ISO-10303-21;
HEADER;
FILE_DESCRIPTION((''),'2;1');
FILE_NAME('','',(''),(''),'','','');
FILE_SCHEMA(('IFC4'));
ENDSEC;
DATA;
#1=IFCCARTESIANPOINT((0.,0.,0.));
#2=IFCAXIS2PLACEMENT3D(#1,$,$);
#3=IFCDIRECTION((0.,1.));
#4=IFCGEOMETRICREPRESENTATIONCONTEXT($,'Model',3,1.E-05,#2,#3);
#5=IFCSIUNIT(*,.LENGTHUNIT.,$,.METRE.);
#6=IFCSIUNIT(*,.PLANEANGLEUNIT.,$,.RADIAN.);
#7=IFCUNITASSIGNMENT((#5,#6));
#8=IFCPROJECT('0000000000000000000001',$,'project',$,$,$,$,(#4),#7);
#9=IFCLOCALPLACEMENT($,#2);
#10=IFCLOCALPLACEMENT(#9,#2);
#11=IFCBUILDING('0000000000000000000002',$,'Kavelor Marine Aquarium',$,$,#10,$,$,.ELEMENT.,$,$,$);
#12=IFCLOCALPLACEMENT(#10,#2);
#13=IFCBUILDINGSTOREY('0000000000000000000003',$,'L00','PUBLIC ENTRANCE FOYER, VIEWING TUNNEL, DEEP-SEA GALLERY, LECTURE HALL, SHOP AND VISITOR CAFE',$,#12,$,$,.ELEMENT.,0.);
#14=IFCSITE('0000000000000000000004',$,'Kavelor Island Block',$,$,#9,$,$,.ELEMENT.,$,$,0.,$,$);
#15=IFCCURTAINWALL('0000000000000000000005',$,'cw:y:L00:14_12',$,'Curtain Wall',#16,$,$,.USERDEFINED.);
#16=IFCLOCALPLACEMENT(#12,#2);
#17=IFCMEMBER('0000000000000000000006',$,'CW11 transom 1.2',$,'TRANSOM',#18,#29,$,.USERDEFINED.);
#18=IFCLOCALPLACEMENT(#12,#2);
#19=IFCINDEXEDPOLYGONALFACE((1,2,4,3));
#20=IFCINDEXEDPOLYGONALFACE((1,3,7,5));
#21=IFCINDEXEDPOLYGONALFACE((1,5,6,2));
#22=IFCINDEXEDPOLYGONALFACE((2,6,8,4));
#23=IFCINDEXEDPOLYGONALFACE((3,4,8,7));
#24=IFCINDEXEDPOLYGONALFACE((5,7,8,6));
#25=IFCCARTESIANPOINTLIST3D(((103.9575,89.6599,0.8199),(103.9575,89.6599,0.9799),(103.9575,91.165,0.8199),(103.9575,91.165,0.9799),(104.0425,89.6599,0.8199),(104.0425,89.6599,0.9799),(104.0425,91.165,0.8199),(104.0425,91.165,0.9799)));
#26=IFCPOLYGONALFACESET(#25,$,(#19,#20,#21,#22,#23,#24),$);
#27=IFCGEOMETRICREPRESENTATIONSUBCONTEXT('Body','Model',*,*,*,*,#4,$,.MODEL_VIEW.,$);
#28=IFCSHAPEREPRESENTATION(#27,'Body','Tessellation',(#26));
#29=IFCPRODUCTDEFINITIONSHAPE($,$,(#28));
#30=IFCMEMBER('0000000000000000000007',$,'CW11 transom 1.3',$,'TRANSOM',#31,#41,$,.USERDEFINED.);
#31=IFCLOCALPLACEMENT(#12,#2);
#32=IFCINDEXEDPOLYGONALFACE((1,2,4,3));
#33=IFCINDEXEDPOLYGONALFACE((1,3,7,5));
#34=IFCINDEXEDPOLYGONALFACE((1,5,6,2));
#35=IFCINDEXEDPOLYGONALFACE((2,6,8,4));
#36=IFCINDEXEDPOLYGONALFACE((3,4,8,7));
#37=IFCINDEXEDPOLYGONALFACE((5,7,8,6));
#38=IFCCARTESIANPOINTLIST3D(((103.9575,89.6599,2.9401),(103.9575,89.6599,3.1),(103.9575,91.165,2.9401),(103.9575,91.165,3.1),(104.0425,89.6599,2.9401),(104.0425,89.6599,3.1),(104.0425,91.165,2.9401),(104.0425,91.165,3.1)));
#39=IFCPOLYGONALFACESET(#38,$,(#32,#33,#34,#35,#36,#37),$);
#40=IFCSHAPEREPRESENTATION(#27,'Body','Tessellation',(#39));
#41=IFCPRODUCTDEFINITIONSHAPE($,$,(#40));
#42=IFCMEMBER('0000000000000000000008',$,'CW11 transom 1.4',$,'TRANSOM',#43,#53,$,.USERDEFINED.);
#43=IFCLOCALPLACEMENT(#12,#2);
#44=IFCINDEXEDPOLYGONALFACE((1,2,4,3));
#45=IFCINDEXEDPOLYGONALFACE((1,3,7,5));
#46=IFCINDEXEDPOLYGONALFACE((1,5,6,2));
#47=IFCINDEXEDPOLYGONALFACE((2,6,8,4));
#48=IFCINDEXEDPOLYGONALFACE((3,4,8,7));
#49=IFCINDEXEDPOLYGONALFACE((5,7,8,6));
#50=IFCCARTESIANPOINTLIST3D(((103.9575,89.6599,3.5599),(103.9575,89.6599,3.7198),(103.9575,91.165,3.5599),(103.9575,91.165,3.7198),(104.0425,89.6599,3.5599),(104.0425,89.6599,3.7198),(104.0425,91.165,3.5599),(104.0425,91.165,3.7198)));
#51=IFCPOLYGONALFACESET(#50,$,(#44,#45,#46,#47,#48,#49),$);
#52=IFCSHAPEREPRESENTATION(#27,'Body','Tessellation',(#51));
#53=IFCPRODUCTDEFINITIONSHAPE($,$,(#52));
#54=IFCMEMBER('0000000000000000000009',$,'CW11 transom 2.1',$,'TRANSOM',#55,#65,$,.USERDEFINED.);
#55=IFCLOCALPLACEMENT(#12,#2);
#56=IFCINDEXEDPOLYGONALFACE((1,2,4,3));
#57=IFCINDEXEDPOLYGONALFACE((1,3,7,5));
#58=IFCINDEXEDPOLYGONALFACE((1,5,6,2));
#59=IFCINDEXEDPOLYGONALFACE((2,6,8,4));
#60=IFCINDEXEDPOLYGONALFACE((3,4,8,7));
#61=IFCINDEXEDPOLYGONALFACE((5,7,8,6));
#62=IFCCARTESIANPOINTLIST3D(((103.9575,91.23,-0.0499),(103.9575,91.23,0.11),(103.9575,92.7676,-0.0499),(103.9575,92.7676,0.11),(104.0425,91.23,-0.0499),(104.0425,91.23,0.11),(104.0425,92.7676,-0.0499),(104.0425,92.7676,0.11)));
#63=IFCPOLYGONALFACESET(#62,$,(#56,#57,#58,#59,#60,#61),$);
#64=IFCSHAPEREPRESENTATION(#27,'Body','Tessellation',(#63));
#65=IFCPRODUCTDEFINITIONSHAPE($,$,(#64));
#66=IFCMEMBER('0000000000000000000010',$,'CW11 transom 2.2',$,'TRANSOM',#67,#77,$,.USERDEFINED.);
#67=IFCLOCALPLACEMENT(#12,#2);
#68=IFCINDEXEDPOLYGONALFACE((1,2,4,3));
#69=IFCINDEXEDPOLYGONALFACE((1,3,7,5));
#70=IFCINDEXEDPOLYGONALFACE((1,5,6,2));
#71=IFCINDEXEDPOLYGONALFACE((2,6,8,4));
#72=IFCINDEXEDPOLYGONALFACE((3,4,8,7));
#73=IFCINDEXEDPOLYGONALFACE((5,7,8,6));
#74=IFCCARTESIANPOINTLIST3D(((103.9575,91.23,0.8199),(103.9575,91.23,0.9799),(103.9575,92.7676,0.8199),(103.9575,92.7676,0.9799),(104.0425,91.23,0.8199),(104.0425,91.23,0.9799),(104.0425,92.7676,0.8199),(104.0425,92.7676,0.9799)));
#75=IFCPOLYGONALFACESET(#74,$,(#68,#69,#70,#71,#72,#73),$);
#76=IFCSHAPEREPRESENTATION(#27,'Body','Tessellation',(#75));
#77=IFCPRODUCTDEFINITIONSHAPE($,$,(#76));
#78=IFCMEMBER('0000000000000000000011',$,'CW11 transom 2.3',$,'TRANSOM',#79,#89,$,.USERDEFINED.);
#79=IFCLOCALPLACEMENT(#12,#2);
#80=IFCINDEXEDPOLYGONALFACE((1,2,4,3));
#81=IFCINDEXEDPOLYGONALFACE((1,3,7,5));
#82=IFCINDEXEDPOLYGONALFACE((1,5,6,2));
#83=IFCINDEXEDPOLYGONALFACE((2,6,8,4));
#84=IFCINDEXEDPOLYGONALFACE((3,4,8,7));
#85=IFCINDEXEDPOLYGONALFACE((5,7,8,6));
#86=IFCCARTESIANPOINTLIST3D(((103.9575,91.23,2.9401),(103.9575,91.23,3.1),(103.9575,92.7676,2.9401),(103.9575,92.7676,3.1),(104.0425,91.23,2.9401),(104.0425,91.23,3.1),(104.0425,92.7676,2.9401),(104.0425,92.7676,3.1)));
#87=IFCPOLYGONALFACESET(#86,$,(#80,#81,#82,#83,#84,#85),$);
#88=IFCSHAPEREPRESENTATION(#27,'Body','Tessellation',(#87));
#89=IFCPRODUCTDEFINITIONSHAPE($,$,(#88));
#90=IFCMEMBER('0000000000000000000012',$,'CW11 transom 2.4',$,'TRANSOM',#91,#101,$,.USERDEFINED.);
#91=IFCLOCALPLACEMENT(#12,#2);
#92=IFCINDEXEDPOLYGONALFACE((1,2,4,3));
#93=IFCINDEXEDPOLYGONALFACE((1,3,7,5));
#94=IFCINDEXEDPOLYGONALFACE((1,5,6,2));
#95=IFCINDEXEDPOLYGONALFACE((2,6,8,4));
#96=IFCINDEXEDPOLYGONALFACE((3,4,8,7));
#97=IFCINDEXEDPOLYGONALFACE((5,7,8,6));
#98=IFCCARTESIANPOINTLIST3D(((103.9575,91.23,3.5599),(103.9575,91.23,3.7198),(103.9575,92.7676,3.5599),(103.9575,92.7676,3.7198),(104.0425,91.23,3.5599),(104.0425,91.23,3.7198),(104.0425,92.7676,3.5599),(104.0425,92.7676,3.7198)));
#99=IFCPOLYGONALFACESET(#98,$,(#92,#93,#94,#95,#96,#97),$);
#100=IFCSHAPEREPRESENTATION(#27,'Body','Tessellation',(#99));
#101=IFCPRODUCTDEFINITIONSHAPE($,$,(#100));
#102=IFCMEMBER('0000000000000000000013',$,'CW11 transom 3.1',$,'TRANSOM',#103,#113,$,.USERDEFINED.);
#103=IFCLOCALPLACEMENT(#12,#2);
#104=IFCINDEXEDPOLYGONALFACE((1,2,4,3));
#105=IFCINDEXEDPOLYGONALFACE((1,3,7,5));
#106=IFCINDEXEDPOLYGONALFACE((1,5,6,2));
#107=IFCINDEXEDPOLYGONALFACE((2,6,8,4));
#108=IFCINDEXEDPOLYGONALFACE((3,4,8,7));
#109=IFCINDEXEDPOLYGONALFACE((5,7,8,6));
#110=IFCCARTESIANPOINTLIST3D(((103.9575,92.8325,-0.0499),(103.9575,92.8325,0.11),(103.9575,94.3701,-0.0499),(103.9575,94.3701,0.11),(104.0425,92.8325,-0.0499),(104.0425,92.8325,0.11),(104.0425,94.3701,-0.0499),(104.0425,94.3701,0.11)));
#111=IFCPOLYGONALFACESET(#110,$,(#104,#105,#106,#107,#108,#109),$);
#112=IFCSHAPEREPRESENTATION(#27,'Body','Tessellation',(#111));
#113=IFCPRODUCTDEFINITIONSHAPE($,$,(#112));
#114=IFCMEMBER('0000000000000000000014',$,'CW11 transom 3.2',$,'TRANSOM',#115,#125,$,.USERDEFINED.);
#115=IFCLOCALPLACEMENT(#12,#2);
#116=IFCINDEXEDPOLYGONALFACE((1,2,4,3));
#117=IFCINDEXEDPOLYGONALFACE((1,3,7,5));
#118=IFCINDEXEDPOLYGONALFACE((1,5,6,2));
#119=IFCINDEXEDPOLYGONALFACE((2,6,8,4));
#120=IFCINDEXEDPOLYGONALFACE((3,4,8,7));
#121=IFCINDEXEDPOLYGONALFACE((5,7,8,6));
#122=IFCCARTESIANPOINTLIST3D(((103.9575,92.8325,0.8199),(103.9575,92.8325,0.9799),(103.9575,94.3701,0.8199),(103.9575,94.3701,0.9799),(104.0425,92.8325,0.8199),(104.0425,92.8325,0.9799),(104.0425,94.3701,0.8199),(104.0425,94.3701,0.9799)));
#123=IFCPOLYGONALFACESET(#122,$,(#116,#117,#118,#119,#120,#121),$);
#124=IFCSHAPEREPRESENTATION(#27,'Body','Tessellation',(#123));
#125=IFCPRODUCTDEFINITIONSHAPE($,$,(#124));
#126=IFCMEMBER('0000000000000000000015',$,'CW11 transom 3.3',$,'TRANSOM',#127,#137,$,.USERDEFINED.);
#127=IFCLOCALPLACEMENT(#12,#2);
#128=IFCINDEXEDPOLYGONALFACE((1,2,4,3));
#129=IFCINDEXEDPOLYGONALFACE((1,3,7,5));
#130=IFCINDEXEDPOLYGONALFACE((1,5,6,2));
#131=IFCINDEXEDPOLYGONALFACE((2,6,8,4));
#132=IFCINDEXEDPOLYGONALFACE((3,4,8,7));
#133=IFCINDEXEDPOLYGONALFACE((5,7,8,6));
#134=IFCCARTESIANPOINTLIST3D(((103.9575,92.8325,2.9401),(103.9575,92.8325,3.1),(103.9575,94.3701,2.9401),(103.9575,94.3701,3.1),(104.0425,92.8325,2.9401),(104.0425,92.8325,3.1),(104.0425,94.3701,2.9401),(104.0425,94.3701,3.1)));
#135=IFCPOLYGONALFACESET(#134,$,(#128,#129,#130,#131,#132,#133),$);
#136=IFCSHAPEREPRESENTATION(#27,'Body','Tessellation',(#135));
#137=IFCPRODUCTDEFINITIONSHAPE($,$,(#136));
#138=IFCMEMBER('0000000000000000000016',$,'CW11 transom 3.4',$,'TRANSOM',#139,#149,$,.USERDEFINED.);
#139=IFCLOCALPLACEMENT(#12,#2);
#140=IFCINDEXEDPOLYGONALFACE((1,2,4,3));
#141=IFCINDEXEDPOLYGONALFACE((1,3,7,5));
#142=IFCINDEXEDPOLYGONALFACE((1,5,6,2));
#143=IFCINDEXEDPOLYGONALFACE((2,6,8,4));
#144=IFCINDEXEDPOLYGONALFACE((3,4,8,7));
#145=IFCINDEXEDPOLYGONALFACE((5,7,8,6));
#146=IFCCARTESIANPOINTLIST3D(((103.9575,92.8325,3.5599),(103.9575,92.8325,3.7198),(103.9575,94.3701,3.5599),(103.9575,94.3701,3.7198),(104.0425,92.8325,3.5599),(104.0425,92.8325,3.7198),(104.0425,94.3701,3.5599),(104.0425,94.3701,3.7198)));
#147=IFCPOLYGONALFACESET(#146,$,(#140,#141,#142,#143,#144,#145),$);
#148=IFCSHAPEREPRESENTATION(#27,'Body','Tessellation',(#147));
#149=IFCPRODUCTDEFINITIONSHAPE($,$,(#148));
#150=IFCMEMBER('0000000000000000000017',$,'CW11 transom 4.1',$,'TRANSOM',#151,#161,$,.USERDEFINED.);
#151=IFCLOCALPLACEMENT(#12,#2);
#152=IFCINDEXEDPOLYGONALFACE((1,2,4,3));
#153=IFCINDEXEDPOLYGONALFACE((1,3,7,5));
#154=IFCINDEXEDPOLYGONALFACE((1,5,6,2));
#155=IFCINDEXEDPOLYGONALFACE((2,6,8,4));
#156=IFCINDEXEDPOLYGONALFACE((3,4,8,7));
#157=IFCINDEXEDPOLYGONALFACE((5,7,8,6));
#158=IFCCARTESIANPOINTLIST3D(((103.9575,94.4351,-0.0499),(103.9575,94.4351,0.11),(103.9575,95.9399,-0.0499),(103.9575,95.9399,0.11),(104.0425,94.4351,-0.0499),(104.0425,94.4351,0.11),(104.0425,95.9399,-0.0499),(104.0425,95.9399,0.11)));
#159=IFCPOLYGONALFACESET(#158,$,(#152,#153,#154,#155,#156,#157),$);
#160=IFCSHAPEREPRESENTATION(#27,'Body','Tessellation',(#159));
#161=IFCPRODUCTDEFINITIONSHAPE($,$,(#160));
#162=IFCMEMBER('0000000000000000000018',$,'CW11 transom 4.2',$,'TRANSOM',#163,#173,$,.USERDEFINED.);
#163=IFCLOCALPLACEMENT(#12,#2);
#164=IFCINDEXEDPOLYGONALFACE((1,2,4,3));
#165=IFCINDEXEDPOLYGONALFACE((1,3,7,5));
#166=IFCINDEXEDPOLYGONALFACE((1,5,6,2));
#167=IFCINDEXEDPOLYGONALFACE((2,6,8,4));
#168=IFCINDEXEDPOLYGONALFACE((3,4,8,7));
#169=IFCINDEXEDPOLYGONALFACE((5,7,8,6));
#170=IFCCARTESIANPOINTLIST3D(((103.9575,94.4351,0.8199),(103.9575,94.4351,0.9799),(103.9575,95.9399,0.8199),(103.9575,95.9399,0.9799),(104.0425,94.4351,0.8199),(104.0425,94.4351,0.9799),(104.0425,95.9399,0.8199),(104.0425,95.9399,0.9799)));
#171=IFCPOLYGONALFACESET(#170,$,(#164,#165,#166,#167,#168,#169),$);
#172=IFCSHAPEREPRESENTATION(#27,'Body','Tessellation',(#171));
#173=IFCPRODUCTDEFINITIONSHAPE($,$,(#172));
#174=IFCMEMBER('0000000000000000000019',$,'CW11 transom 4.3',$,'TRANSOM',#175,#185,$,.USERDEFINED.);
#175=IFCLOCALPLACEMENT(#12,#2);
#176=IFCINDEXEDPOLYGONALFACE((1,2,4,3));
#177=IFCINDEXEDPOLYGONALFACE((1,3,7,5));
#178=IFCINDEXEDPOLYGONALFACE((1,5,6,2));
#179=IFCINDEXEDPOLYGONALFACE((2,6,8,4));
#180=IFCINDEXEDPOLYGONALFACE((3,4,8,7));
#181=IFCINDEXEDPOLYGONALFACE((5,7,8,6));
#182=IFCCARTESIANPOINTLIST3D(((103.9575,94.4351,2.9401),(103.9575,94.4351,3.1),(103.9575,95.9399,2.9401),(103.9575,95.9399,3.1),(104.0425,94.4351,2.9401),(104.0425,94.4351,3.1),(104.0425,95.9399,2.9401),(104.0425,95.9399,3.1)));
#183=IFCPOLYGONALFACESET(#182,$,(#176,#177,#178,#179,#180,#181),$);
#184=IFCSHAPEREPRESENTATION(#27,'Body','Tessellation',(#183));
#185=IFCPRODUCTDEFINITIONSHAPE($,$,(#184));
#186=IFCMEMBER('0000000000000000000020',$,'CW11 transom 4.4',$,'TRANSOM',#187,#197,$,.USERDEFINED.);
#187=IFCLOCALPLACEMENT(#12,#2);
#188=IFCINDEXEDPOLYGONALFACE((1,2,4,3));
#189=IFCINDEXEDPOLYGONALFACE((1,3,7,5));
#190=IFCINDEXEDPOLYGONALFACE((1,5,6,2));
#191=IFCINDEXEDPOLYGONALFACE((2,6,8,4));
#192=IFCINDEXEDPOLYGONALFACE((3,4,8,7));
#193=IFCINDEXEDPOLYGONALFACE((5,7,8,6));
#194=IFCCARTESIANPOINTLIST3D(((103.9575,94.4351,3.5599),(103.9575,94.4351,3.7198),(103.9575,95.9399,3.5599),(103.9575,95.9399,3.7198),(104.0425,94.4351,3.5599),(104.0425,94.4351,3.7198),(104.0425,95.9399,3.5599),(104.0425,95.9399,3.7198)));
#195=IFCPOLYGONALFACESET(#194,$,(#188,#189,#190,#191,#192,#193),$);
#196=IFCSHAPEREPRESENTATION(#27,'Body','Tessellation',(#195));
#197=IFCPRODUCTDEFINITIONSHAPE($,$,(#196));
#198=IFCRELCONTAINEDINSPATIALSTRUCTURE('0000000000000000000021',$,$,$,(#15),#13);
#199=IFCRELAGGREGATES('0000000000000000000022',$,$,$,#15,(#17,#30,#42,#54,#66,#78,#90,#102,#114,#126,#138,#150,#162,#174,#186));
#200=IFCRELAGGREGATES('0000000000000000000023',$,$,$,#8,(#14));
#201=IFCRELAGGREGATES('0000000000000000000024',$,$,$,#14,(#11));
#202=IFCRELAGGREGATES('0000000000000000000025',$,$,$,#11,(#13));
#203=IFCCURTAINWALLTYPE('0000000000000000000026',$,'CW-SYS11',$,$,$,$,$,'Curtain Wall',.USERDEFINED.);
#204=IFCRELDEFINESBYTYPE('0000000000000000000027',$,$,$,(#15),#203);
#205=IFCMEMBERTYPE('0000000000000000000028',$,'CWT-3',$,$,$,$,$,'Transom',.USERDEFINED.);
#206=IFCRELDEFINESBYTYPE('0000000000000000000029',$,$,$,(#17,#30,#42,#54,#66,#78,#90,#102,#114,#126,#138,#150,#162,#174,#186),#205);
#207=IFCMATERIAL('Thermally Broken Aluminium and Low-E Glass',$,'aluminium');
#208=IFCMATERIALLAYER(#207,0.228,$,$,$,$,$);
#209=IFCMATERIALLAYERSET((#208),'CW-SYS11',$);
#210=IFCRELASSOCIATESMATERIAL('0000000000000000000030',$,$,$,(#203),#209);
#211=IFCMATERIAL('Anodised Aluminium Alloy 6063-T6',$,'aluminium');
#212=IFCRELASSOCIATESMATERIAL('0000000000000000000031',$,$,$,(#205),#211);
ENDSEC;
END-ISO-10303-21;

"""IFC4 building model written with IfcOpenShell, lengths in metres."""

from ifc_helpers import new_model, si_unit, direction, frame, origin, origin_2d, place, context, subcontext, project, spatial, rectangle, extrude, material, layer, layer_set, material_profile, profile_set, type_object, element, aggregate, save


model = new_model("IFC4")

# Units and contexts
model_context = context("Model", 3, precision=1e-05, world=origin(), true_north=direction((0.0, 1.0)))
body_context = subcontext(model_context, "Body", "Model", "MODEL_VIEW")
ifc_project = project(units=[si_unit("LENGTHUNIT", "METRE"), si_unit("PLANEANGLEUNIT", "RADIAN")], contexts=[model_context])

# Site, building, storey
site_placement = place(None, origin())
site = spatial("IfcSite", under=ifc_project, at=site_placement, Name="Kavelor Island Block", CompositionType="ELEMENT", RefElevation=0.0)
building_placement = place(site_placement, origin())
building = spatial("IfcBuilding", under=site, at=building_placement, Name="Kavelor Marine Aquarium", CompositionType="ELEMENT")
storey_placement = place(building_placement, origin())
storey = spatial("IfcBuildingStorey", under=building, at=storey_placement, Name="L00", Description="PUBLIC ENTRANCE FOYER, VIEWING TUNNEL, DEEP-SEA GALLERY, LECTURE HALL, SHOP AND VISITOR CAFE", CompositionType="ELEMENT", Elevation=0.0)

# Curtain wall, members
ifc_material_1 = material(Name="Thermally Broken Aluminium and Low-E Glass", Category="aluminium")
ifc_layer_1 = layer(ifc_material_1, 0.228)
ifc_layer_set_1 = layer_set([ifc_layer_1], Name="CW-SYS11")
curtain_wall_type = type_object("IfcCurtainWallType", Name="CW-SYS11", ElementType="Curtain Wall", PredefinedType="USERDEFINED", material=ifc_layer_set_1)
curtain_wall_placement = place(storey_placement, origin())
curtain_wall = element("IfcCurtainWall", 1, at=curtain_wall_placement, inside=storey, type_object=curtain_wall_type, Name="cw:y:L00:14_12", ObjectType="Curtain Wall", PredefinedType="USERDEFINED")
ifc_material_2 = material(Name="Anodised Aluminium Alloy 6063-T6", Category="aluminium")
ifc_material_profile_1 = material_profile(ifc_material_2, rectangle(XDim=0.085, YDim=0.1599, at=origin_2d()), Name="CW-TRN 85x160")
ifc_profile_set_1 = profile_set([ifc_material_profile_1], Name="Anodised Aluminium Alloy 6063-T6")
member_type_1 = type_object("IfcMemberType", Name="CWT-3", ElementType="Transom", PredefinedType="USERDEFINED", material=ifc_profile_set_1)
member_1_placement = place(storey_placement, frame((104.0, 89.6599, 0.8999), z_axis=(0.0, 1.0, 0.0), x_axis=(-1.0, 0.0, 0.0)))
member_1 = element("IfcMember", 2, at=member_1_placement, type_object=member_type_1, Name="CW11 transom 1.2", ObjectType="TRANSOM", PredefinedType="USERDEFINED", context=body_context, shape_type="SweptSolid", body=[
    extrude(rectangle(XDim=0.085, YDim=0.1599, at=origin_2d()), origin(), (0.0, 0.0, 1.0), 1.5051),
])
member_2_placement = place(storey_placement, frame((104.0, 89.6599, 3.02), z_axis=(0.0, 1.0, 0.0), x_axis=(-1.0, 0.0, 0.0)))
member_2 = element("IfcMember", 3, at=member_2_placement, type_object=member_type_1, Name="CW11 transom 1.3", ObjectType="TRANSOM", PredefinedType="USERDEFINED", context=body_context, shape_type="SweptSolid", body=[
    extrude(rectangle(XDim=0.085, YDim=0.1599, at=origin_2d()), origin(), (0.0, 0.0, 1.0), 1.5051),
])
member_3_placement = place(storey_placement, frame((104.0, 89.6599, 3.6399), z_axis=(0.0, 1.0, 0.0), x_axis=(-1.0, 0.0, 0.0)))
member_3 = element("IfcMember", 4, at=member_3_placement, type_object=member_type_1, Name="CW11 transom 1.4", ObjectType="TRANSOM", PredefinedType="USERDEFINED", context=body_context, shape_type="SweptSolid", body=[
    extrude(rectangle(XDim=0.085, YDim=0.1599, at=origin_2d()), origin(), (0.0, 0.0, 1.0), 1.5051),
])
member_4_placement = place(storey_placement, frame((104.0, 91.23, 0.03), z_axis=(0.0, 1.0, 0.0), x_axis=(-1.0, 0.0, 0.0)))
member_4 = element("IfcMember", 5, at=member_4_placement, type_object=member_type_1, Name="CW11 transom 2.1", ObjectType="TRANSOM", PredefinedType="USERDEFINED", context=body_context, shape_type="SweptSolid", body=[
    extrude(rectangle(XDim=0.085, YDim=0.1599, at=origin_2d()), origin(), (0.0, 0.0, 1.0), 1.5376),
])
member_5_placement = place(storey_placement, frame((104.0, 91.23, 0.8999), z_axis=(0.0, 1.0, 0.0), x_axis=(-1.0, 0.0, 0.0)))
member_5 = element("IfcMember", 6, at=member_5_placement, type_object=member_type_1, Name="CW11 transom 2.2", ObjectType="TRANSOM", PredefinedType="USERDEFINED", context=body_context, shape_type="SweptSolid", body=[
    extrude(rectangle(XDim=0.085, YDim=0.1599, at=origin_2d()), origin(), (0.0, 0.0, 1.0), 1.5376),
])
member_6_placement = place(storey_placement, frame((104.0, 91.23, 3.02), z_axis=(0.0, 1.0, 0.0), x_axis=(-1.0, 0.0, 0.0)))
member_6 = element("IfcMember", 7, at=member_6_placement, type_object=member_type_1, Name="CW11 transom 2.3", ObjectType="TRANSOM", PredefinedType="USERDEFINED", context=body_context, shape_type="SweptSolid", body=[
    extrude(rectangle(XDim=0.085, YDim=0.1599, at=origin_2d()), origin(), (0.0, 0.0, 1.0), 1.5376),
])
member_7_placement = place(storey_placement, frame((104.0, 91.23, 3.6399), z_axis=(0.0, 1.0, 0.0), x_axis=(-1.0, 0.0, 0.0)))
member_7 = element("IfcMember", 8, at=member_7_placement, type_object=member_type_1, Name="CW11 transom 2.4", ObjectType="TRANSOM", PredefinedType="USERDEFINED", context=body_context, shape_type="SweptSolid", body=[
    extrude(rectangle(XDim=0.085, YDim=0.1599, at=origin_2d()), origin(), (0.0, 0.0, 1.0), 1.5376),
])
member_8_placement = place(storey_placement, frame((104.0, 92.8325, 0.03), z_axis=(0.0, 1.0, 0.0), x_axis=(-1.0, 0.0, 0.0)))
member_8 = element("IfcMember", 9, at=member_8_placement, type_object=member_type_1, Name="CW11 transom 3.1", ObjectType="TRANSOM", PredefinedType="USERDEFINED", context=body_context, shape_type="SweptSolid", body=[
    extrude(rectangle(XDim=0.085, YDim=0.1599, at=origin_2d()), origin(), (0.0, 0.0, 1.0), 1.5376),
])
member_9_placement = place(storey_placement, frame((104.0, 92.8325, 0.8999), z_axis=(0.0, 1.0, 0.0), x_axis=(-1.0, 0.0, 0.0)))
member_9 = element("IfcMember", 10, at=member_9_placement, type_object=member_type_1, Name="CW11 transom 3.2", ObjectType="TRANSOM", PredefinedType="USERDEFINED", context=body_context, shape_type="SweptSolid", body=[
    extrude(rectangle(XDim=0.085, YDim=0.1599, at=origin_2d()), origin(), (0.0, 0.0, 1.0), 1.5376),
])
member_10_placement = place(storey_placement, frame((104.0, 92.8325, 3.02), z_axis=(0.0, 1.0, 0.0), x_axis=(-1.0, 0.0, 0.0)))
member_10 = element("IfcMember", 11, at=member_10_placement, type_object=member_type_1, Name="CW11 transom 3.3", ObjectType="TRANSOM", PredefinedType="USERDEFINED", context=body_context, shape_type="SweptSolid", body=[
    extrude(rectangle(XDim=0.085, YDim=0.1599, at=origin_2d()), origin(), (0.0, 0.0, 1.0), 1.5376),
])
member_11_placement = place(storey_placement, frame((104.0, 92.8325, 3.6399), z_axis=(0.0, 1.0, 0.0), x_axis=(-1.0, 0.0, 0.0)))
member_11 = element("IfcMember", 12, at=member_11_placement, type_object=member_type_1, Name="CW11 transom 3.4", ObjectType="TRANSOM", PredefinedType="USERDEFINED", context=body_context, shape_type="SweptSolid", body=[
    extrude(rectangle(XDim=0.085, YDim=0.1599, at=origin_2d()), origin(), (0.0, 0.0, 1.0), 1.5376),
])
member_12_placement = place(storey_placement, frame((104.0, 94.4351, 0.03), z_axis=(0.0, 1.0, 0.0), x_axis=(-1.0, 0.0, 0.0)))
member_12 = element("IfcMember", 13, at=member_12_placement, type_object=member_type_1, Name="CW11 transom 4.1", ObjectType="TRANSOM", PredefinedType="USERDEFINED", context=body_context, shape_type="SweptSolid", body=[
    extrude(rectangle(XDim=0.085, YDim=0.1599, at=origin_2d()), origin(), (0.0, 0.0, 1.0), 1.5049),
])
member_13_placement = place(storey_placement, frame((104.0, 94.4351, 0.8999), z_axis=(0.0, 1.0, 0.0), x_axis=(-1.0, 0.0, 0.0)))
member_13 = element("IfcMember", 14, at=member_13_placement, type_object=member_type_1, Name="CW11 transom 4.2", ObjectType="TRANSOM", PredefinedType="USERDEFINED", context=body_context, shape_type="SweptSolid", body=[
    extrude(rectangle(XDim=0.085, YDim=0.1599, at=origin_2d()), origin(), (0.0, 0.0, 1.0), 1.5049),
])
member_14_placement = place(storey_placement, frame((104.0, 94.4351, 3.02), z_axis=(0.0, 1.0, 0.0), x_axis=(-1.0, 0.0, 0.0)))
member_14 = element("IfcMember", 15, at=member_14_placement, type_object=member_type_1, Name="CW11 transom 4.3", ObjectType="TRANSOM", PredefinedType="USERDEFINED", context=body_context, shape_type="SweptSolid", body=[
    extrude(rectangle(XDim=0.085, YDim=0.1599, at=origin_2d()), origin(), (0.0, 0.0, 1.0), 1.5049),
])
member_15_placement = place(storey_placement, frame((104.0, 94.4351, 3.6399), z_axis=(0.0, 1.0, 0.0), x_axis=(-1.0, 0.0, 0.0)))
member_15 = element("IfcMember", 16, at=member_15_placement, type_object=member_type_1, Name="CW11 transom 4.4", ObjectType="TRANSOM", PredefinedType="USERDEFINED", context=body_context, shape_type="SweptSolid", body=[
    extrude(rectangle(XDim=0.085, YDim=0.1599, at=origin_2d()), origin(), (0.0, 0.0, 1.0), 1.5049),
])
aggregate(curtain_wall, [member_1, member_2, member_3, member_4, member_5, member_6, member_7, member_8, member_9, member_10, member_11, member_12, member_13, member_14, member_15])

save(model, "model.ifc")
